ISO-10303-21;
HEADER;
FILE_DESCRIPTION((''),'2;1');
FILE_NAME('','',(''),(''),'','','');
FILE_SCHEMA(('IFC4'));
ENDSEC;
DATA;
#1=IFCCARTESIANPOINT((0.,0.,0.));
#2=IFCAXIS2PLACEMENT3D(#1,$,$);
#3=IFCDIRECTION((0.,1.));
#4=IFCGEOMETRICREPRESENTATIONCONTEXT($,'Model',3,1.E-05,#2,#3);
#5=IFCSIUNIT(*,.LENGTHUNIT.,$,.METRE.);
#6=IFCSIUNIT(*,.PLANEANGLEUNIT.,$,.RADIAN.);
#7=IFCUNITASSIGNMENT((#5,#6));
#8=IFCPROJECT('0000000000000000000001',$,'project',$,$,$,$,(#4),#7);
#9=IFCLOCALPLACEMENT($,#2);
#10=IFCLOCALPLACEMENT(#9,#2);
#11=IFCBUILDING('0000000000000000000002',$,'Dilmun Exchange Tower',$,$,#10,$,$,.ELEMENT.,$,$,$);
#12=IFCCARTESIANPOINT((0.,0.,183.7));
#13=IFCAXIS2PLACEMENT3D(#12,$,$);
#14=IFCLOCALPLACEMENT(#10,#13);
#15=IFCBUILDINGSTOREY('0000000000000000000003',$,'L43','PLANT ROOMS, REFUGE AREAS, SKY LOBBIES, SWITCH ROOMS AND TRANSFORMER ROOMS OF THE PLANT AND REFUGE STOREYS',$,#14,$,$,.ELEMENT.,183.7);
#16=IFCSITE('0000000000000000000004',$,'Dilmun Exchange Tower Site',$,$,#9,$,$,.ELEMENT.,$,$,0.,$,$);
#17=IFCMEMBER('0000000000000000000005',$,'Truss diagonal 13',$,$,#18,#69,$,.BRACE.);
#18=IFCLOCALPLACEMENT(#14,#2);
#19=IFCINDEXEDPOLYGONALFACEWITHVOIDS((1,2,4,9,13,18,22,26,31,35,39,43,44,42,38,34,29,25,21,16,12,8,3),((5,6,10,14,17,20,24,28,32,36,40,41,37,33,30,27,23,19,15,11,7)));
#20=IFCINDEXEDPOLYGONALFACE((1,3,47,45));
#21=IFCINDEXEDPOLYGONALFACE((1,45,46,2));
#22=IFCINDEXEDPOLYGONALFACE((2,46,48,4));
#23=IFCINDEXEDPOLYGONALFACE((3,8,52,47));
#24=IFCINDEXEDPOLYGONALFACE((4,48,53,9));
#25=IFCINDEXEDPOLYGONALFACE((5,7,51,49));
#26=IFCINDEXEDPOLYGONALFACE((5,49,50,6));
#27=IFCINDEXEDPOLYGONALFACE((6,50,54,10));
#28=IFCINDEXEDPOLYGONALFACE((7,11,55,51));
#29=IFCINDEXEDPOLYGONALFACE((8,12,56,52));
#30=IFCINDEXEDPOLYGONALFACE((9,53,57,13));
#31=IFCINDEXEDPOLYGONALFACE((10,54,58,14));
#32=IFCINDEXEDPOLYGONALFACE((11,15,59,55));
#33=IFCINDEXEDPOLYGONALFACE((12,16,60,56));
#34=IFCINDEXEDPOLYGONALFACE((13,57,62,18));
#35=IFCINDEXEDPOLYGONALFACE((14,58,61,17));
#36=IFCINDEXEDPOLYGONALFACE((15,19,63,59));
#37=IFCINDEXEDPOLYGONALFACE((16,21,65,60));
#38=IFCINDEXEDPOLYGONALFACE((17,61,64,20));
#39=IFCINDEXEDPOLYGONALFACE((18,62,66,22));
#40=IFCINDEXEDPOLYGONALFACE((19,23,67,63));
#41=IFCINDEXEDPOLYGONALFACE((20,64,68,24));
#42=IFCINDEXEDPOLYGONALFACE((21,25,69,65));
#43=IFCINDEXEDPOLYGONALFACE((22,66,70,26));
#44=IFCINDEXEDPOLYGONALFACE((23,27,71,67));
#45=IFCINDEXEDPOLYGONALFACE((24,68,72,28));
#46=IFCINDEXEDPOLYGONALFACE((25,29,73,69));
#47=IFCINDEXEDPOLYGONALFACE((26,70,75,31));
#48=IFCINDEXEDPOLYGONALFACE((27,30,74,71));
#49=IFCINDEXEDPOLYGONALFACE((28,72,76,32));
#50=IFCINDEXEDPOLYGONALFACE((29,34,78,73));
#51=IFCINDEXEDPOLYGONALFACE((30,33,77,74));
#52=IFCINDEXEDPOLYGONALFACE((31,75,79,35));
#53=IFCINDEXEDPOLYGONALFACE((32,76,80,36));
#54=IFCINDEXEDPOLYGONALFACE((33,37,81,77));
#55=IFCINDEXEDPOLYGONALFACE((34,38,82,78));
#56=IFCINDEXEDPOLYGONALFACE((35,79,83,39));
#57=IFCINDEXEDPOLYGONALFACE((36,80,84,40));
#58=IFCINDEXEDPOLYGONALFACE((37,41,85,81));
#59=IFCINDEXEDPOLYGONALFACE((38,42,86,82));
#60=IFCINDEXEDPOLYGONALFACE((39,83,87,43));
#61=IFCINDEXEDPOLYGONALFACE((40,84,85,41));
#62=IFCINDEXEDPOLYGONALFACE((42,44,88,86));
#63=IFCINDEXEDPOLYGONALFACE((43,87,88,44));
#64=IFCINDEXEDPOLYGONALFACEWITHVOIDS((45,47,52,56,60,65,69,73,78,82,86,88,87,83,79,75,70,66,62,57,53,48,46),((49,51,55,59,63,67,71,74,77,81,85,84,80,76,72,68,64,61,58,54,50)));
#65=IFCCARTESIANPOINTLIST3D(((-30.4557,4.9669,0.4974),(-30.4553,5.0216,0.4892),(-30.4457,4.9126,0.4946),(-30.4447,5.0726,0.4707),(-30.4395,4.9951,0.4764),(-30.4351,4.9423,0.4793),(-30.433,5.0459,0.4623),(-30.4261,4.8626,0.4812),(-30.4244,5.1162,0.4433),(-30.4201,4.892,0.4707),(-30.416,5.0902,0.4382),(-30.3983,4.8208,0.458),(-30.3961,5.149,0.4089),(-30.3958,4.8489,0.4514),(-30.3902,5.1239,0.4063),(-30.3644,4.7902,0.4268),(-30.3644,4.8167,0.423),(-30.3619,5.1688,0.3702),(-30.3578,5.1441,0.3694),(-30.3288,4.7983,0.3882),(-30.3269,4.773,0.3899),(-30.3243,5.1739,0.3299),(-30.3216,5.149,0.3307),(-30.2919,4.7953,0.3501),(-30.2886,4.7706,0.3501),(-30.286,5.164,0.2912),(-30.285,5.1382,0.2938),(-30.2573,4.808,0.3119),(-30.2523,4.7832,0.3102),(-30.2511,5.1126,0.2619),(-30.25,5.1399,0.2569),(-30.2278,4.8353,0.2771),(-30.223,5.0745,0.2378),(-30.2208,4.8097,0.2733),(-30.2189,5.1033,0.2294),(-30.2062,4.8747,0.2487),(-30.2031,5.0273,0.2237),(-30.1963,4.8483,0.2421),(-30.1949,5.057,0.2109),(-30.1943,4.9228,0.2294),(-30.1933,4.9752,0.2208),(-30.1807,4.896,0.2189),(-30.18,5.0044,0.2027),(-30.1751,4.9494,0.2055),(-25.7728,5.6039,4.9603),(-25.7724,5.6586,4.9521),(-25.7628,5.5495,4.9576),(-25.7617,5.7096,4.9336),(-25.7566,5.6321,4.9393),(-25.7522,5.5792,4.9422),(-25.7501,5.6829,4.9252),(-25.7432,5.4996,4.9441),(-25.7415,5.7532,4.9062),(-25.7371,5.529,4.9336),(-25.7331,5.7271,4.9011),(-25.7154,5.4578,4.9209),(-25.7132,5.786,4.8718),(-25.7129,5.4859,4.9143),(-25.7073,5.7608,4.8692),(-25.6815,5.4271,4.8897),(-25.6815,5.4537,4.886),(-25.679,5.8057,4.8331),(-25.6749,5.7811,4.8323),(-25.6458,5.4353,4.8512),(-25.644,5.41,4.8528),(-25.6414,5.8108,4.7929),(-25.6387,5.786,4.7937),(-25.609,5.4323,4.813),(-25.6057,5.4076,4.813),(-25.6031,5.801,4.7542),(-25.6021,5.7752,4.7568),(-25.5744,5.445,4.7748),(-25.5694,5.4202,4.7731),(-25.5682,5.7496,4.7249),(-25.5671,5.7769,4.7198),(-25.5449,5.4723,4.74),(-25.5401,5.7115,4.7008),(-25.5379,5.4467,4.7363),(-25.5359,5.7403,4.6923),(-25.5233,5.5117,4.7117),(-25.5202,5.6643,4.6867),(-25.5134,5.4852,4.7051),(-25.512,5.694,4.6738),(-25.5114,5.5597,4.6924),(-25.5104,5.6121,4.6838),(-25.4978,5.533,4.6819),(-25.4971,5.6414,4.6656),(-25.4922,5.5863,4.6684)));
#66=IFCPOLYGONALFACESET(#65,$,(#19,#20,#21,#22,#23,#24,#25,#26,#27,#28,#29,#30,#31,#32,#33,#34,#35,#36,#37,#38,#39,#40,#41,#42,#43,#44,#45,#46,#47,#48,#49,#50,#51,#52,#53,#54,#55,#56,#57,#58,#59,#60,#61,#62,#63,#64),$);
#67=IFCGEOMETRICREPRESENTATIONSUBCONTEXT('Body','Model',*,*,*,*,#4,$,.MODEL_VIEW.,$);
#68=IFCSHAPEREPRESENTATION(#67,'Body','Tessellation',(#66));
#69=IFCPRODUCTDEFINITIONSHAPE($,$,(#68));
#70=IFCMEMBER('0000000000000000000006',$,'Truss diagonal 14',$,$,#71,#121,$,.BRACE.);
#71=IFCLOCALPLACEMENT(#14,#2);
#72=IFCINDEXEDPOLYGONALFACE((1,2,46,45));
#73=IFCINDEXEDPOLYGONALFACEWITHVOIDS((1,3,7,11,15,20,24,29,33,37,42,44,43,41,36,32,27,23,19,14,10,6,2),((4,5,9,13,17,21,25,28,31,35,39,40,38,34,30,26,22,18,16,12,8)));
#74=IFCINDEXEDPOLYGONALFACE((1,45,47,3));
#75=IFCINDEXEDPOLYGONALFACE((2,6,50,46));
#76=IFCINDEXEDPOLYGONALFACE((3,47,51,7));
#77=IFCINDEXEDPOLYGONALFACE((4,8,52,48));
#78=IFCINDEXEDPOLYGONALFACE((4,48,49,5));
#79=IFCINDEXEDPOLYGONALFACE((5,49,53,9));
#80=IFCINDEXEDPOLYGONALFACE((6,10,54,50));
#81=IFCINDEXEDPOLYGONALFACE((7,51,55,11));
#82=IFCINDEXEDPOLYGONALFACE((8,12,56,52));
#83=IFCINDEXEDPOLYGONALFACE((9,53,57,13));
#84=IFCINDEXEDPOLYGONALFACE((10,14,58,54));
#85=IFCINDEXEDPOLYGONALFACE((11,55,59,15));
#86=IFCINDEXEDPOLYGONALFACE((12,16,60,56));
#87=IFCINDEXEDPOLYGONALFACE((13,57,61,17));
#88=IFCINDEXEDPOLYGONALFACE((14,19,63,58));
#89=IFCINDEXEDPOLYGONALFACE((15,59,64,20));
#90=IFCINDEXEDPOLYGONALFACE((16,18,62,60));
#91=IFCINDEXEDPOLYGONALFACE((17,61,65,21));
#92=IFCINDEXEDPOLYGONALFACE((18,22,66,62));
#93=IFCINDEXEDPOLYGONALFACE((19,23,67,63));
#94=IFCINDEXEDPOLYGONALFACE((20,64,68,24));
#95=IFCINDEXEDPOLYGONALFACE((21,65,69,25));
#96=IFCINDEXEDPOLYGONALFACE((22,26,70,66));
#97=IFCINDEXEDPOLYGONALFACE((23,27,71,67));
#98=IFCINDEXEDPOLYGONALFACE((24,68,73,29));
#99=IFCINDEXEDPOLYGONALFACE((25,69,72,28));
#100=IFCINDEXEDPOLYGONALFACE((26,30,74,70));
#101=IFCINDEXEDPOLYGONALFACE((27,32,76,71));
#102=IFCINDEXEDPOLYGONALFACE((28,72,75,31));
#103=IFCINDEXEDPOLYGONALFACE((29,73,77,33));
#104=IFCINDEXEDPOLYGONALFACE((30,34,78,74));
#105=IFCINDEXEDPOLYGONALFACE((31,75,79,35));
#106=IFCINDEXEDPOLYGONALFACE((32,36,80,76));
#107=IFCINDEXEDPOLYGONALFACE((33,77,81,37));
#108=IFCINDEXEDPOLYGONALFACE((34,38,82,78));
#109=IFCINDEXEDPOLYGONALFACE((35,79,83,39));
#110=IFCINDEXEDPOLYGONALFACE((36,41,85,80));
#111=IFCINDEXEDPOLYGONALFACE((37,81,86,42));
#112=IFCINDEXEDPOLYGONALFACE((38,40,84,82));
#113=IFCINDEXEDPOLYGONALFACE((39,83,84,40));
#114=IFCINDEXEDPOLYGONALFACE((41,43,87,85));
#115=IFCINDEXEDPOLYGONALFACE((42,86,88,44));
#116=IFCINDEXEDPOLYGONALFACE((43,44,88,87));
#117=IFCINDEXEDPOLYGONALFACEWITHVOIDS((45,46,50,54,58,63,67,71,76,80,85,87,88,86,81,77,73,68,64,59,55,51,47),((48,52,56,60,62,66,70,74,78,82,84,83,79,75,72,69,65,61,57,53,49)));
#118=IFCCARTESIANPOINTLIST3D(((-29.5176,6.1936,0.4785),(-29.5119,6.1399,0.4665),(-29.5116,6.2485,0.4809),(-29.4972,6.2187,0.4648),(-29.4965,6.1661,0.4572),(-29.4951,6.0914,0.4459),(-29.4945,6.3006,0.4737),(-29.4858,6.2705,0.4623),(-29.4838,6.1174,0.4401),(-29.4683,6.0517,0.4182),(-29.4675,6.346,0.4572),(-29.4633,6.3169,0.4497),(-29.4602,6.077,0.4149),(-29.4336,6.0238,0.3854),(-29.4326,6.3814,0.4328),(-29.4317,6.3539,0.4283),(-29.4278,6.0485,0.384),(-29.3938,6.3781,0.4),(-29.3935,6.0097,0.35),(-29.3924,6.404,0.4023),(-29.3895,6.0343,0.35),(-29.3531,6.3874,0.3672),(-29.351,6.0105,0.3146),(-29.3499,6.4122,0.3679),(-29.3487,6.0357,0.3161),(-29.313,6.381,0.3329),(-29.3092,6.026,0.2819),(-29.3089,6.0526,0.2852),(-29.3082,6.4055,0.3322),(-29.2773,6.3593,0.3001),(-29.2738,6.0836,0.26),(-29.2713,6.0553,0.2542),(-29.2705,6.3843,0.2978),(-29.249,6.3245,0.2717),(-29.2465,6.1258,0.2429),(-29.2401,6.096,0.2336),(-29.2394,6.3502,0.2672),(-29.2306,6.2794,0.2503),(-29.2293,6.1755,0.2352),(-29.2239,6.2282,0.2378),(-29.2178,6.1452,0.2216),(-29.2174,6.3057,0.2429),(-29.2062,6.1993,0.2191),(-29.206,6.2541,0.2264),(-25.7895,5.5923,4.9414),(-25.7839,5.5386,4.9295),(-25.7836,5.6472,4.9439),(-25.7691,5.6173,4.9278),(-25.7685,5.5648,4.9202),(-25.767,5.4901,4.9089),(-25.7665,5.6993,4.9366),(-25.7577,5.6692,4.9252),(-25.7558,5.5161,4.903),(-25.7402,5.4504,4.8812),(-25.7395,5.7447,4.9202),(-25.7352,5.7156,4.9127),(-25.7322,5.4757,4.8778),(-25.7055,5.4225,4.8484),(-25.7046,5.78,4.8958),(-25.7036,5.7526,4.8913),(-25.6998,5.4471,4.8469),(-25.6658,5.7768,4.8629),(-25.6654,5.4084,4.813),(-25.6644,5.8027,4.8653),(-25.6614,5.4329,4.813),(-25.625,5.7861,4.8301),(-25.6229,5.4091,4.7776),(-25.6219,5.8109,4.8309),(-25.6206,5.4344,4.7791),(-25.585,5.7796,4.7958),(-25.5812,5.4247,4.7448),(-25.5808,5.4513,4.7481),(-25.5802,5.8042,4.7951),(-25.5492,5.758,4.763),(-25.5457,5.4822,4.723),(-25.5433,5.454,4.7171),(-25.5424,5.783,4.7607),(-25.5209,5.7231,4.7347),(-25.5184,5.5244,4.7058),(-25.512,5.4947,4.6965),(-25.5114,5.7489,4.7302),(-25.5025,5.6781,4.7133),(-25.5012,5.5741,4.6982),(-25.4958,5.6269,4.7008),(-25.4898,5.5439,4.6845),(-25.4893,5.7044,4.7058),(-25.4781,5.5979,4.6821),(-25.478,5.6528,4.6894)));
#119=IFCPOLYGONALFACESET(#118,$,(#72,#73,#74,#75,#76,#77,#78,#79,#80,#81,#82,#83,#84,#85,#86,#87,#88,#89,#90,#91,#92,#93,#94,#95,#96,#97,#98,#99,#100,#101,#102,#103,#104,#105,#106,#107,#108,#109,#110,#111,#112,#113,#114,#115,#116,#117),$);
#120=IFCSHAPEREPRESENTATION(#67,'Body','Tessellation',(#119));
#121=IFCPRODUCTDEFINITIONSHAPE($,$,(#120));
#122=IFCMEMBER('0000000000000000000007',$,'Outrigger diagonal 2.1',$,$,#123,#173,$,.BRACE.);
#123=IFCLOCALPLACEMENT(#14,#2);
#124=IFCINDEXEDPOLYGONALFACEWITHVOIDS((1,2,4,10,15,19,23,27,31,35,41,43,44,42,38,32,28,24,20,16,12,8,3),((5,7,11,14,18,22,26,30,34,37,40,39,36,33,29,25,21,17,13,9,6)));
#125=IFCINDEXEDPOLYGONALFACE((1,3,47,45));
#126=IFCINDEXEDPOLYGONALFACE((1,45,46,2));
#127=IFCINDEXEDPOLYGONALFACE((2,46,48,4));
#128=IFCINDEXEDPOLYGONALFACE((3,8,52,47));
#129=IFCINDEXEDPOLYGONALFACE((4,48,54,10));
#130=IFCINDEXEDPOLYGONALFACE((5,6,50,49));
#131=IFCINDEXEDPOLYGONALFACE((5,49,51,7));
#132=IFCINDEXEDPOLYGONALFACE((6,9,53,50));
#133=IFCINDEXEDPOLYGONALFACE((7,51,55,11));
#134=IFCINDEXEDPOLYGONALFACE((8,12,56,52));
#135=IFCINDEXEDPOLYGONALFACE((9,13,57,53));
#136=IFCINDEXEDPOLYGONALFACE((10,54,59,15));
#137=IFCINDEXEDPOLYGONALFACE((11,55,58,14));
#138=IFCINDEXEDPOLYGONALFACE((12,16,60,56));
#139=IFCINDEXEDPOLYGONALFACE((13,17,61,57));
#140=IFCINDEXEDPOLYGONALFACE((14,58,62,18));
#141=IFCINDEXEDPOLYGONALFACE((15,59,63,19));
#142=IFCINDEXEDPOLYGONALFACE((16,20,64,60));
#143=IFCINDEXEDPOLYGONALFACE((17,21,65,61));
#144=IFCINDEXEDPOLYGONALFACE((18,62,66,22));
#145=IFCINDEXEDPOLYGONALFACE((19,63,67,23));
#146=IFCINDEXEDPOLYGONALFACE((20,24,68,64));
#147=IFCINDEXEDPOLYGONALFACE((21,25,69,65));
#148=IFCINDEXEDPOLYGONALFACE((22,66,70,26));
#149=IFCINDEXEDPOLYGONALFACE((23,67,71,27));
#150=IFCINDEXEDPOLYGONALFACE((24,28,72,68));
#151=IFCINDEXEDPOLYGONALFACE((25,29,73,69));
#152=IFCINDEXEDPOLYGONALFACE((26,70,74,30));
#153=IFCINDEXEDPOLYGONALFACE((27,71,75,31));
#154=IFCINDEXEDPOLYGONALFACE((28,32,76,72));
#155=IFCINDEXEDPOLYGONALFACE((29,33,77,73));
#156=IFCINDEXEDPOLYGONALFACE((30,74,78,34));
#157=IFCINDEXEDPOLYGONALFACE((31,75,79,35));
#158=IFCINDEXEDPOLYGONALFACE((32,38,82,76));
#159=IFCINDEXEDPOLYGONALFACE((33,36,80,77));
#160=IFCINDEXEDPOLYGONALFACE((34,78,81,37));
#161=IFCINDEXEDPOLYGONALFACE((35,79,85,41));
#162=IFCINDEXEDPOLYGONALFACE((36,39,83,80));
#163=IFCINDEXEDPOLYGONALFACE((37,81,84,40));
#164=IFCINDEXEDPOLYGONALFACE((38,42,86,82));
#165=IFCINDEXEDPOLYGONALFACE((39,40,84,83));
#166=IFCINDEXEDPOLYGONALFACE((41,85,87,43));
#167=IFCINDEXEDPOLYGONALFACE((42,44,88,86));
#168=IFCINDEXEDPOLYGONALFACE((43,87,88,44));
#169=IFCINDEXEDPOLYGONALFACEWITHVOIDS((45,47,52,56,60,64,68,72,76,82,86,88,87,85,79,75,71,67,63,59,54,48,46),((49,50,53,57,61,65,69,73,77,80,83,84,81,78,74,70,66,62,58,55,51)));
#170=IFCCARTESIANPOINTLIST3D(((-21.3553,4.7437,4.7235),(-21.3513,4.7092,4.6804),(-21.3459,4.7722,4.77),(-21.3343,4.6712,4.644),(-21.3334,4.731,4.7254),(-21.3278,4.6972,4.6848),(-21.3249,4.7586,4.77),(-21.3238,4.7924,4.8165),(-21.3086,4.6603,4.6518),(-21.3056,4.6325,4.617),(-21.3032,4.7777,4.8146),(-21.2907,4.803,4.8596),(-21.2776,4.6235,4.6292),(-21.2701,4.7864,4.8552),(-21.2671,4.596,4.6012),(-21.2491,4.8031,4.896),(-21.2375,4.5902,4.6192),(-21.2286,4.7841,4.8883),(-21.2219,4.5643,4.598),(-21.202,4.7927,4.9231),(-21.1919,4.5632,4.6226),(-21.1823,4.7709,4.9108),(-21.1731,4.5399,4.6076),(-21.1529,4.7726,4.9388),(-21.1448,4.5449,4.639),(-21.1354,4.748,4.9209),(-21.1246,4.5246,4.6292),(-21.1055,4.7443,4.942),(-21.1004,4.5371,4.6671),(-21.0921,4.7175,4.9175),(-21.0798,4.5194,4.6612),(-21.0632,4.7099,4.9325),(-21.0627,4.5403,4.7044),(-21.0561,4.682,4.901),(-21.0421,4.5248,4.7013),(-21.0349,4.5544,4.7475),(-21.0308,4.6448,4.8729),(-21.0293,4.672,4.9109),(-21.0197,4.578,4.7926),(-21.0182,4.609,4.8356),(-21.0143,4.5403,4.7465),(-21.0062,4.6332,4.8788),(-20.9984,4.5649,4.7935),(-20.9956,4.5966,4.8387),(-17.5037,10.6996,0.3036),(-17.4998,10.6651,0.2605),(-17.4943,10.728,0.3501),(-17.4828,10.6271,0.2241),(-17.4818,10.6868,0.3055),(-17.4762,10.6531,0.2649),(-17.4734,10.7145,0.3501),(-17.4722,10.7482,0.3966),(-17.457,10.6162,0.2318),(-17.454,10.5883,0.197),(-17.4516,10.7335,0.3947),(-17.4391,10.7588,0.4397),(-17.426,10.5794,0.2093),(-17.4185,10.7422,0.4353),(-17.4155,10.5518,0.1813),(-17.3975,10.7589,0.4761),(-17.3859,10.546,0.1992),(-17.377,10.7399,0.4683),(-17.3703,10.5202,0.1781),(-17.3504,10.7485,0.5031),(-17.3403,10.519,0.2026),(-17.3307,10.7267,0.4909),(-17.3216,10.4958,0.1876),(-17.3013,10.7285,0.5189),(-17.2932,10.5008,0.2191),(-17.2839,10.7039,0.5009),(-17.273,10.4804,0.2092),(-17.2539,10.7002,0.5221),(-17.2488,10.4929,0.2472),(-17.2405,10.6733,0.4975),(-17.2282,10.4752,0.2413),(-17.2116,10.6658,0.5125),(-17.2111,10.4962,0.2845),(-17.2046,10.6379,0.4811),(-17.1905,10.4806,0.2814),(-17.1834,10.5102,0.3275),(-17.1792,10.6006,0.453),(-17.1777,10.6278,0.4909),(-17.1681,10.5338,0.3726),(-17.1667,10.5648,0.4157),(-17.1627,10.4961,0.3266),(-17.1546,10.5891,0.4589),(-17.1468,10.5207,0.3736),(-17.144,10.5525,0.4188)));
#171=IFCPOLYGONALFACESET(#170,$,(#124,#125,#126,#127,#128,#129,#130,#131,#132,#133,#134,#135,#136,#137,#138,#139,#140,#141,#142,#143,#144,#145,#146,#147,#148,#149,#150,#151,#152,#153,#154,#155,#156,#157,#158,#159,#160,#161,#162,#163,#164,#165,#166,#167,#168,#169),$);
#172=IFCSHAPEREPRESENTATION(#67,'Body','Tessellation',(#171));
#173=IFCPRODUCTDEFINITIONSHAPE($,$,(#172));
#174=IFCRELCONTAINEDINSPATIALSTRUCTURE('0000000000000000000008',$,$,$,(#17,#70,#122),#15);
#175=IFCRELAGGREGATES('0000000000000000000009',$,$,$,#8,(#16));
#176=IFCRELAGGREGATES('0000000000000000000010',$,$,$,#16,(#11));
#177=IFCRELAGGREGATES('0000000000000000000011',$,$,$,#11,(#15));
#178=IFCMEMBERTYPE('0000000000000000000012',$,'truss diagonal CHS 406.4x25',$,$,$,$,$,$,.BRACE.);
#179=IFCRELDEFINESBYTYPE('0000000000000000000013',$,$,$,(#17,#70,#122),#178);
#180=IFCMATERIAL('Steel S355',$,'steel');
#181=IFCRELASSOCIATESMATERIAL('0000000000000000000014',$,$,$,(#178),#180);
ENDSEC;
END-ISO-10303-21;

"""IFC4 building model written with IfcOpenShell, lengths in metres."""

from ifc_helpers import new_model, si_unit, direction, frame, origin, origin_2d, place, context, subcontext, project, spatial, hollow_circle, extrude, material, material_profile, profile_set, type_object, element, save


model = new_model("IFC4")

# Units and contexts
model_context = context("Model", 3, precision=1e-05, world=origin(), true_north=direction((0.0, 1.0)))
body_context = subcontext(model_context, "Body", "Model", "MODEL_VIEW")
ifc_project = project(units=[si_unit("LENGTHUNIT", "METRE"), si_unit("PLANEANGLEUNIT", "RADIAN")], contexts=[model_context])

# Site, building, storey
site_placement = place(None, origin())
site = spatial("IfcSite", under=ifc_project, at=site_placement, Name="Dilmun Exchange Tower Site", CompositionType="ELEMENT", RefElevation=0.0)
building_placement = place(site_placement, origin())
building = spatial("IfcBuilding", under=site, at=building_placement, Name="Dilmun Exchange Tower", CompositionType="ELEMENT")
storey_placement = place(building_placement, frame((0.0, 0.0, 183.7)))
storey = spatial("IfcBuildingStorey", under=building, at=storey_placement, Name="L43", Description="PLANT ROOMS, REFUGE AREAS, SKY LOBBIES, SWITCH ROOMS AND TRANSFORMER ROOMS OF THE PLANT AND REFUGE STOREYS", CompositionType="ELEMENT", Elevation=183.7)

# Shared definitions
ifc_material_1 = material(Name="Steel S355", Category="steel")

# Members
ifc_material_profile_1 = material_profile(ifc_material_1, hollow_circle(Radius=0.2031, WallThickness=0.0249, at=origin_2d()), Name="CHS 406.4x25")
ifc_profile_set_1 = profile_set([ifc_material_profile_1], Name="Steel S355")
member_type_1 = type_object("IfcMemberType", Name="truss diagonal CHS 406.4x25", PredefinedType="BRACE", material=ifc_profile_set_1)
member_1_placement = place(storey_placement, frame((-25.6331, 5.6089, 4.813), z_axis=(-0.720421, -0.097992, -0.68658), x_axis=(0.134779, -0.990876, 0.0)))
element("IfcMember", 1, at=member_1_placement, inside=storey, type_object=member_type_1, Name="Truss diagonal 13", PredefinedType="BRACE", context=body_context, shape_type="SweptSolid", body=[
    extrude(hollow_circle(Radius=0.2031, WallThickness=0.0249, at=origin_2d()), origin(), (0.0, 0.0, 1.0), 6.5002),
])
member_2_placement = place(storey_placement, frame((-25.6331, 5.6089, 4.813), z_axis=(-0.637692, 0.102858, -0.763393), x_axis=(-0.159239, -0.98724, 0.0)))
element("IfcMember", 2, at=member_2_placement, inside=storey, type_object=member_type_1, Name="Truss diagonal 14", PredefinedType="BRACE", context=body_context, shape_type="SweptSolid", body=[
    extrude(hollow_circle(Radius=0.2031, WallThickness=0.0249, at=origin_2d()), origin(), (0.0, 0.0, 1.0), 5.8462),
])
member_3_placement = place(storey_placement, frame((-21.1753, 4.6619, 4.77), z_axis=(0.46087, 0.712661, -0.528879), x_axis=(-0.839711, 0.543033, 0.0)))
element("IfcMember", 3, at=member_3_placement, inside=storey, type_object=member_type_1, Name="Outrigger diagonal 2.1", PredefinedType="BRACE", context=body_context, shape_type="SweptSolid", body=[
    extrude(hollow_circle(Radius=0.2031, WallThickness=0.0249, at=origin_2d()), origin(), (0.0, 0.0, 1.0), 8.3572),
])

save(model, "model.ifc")
